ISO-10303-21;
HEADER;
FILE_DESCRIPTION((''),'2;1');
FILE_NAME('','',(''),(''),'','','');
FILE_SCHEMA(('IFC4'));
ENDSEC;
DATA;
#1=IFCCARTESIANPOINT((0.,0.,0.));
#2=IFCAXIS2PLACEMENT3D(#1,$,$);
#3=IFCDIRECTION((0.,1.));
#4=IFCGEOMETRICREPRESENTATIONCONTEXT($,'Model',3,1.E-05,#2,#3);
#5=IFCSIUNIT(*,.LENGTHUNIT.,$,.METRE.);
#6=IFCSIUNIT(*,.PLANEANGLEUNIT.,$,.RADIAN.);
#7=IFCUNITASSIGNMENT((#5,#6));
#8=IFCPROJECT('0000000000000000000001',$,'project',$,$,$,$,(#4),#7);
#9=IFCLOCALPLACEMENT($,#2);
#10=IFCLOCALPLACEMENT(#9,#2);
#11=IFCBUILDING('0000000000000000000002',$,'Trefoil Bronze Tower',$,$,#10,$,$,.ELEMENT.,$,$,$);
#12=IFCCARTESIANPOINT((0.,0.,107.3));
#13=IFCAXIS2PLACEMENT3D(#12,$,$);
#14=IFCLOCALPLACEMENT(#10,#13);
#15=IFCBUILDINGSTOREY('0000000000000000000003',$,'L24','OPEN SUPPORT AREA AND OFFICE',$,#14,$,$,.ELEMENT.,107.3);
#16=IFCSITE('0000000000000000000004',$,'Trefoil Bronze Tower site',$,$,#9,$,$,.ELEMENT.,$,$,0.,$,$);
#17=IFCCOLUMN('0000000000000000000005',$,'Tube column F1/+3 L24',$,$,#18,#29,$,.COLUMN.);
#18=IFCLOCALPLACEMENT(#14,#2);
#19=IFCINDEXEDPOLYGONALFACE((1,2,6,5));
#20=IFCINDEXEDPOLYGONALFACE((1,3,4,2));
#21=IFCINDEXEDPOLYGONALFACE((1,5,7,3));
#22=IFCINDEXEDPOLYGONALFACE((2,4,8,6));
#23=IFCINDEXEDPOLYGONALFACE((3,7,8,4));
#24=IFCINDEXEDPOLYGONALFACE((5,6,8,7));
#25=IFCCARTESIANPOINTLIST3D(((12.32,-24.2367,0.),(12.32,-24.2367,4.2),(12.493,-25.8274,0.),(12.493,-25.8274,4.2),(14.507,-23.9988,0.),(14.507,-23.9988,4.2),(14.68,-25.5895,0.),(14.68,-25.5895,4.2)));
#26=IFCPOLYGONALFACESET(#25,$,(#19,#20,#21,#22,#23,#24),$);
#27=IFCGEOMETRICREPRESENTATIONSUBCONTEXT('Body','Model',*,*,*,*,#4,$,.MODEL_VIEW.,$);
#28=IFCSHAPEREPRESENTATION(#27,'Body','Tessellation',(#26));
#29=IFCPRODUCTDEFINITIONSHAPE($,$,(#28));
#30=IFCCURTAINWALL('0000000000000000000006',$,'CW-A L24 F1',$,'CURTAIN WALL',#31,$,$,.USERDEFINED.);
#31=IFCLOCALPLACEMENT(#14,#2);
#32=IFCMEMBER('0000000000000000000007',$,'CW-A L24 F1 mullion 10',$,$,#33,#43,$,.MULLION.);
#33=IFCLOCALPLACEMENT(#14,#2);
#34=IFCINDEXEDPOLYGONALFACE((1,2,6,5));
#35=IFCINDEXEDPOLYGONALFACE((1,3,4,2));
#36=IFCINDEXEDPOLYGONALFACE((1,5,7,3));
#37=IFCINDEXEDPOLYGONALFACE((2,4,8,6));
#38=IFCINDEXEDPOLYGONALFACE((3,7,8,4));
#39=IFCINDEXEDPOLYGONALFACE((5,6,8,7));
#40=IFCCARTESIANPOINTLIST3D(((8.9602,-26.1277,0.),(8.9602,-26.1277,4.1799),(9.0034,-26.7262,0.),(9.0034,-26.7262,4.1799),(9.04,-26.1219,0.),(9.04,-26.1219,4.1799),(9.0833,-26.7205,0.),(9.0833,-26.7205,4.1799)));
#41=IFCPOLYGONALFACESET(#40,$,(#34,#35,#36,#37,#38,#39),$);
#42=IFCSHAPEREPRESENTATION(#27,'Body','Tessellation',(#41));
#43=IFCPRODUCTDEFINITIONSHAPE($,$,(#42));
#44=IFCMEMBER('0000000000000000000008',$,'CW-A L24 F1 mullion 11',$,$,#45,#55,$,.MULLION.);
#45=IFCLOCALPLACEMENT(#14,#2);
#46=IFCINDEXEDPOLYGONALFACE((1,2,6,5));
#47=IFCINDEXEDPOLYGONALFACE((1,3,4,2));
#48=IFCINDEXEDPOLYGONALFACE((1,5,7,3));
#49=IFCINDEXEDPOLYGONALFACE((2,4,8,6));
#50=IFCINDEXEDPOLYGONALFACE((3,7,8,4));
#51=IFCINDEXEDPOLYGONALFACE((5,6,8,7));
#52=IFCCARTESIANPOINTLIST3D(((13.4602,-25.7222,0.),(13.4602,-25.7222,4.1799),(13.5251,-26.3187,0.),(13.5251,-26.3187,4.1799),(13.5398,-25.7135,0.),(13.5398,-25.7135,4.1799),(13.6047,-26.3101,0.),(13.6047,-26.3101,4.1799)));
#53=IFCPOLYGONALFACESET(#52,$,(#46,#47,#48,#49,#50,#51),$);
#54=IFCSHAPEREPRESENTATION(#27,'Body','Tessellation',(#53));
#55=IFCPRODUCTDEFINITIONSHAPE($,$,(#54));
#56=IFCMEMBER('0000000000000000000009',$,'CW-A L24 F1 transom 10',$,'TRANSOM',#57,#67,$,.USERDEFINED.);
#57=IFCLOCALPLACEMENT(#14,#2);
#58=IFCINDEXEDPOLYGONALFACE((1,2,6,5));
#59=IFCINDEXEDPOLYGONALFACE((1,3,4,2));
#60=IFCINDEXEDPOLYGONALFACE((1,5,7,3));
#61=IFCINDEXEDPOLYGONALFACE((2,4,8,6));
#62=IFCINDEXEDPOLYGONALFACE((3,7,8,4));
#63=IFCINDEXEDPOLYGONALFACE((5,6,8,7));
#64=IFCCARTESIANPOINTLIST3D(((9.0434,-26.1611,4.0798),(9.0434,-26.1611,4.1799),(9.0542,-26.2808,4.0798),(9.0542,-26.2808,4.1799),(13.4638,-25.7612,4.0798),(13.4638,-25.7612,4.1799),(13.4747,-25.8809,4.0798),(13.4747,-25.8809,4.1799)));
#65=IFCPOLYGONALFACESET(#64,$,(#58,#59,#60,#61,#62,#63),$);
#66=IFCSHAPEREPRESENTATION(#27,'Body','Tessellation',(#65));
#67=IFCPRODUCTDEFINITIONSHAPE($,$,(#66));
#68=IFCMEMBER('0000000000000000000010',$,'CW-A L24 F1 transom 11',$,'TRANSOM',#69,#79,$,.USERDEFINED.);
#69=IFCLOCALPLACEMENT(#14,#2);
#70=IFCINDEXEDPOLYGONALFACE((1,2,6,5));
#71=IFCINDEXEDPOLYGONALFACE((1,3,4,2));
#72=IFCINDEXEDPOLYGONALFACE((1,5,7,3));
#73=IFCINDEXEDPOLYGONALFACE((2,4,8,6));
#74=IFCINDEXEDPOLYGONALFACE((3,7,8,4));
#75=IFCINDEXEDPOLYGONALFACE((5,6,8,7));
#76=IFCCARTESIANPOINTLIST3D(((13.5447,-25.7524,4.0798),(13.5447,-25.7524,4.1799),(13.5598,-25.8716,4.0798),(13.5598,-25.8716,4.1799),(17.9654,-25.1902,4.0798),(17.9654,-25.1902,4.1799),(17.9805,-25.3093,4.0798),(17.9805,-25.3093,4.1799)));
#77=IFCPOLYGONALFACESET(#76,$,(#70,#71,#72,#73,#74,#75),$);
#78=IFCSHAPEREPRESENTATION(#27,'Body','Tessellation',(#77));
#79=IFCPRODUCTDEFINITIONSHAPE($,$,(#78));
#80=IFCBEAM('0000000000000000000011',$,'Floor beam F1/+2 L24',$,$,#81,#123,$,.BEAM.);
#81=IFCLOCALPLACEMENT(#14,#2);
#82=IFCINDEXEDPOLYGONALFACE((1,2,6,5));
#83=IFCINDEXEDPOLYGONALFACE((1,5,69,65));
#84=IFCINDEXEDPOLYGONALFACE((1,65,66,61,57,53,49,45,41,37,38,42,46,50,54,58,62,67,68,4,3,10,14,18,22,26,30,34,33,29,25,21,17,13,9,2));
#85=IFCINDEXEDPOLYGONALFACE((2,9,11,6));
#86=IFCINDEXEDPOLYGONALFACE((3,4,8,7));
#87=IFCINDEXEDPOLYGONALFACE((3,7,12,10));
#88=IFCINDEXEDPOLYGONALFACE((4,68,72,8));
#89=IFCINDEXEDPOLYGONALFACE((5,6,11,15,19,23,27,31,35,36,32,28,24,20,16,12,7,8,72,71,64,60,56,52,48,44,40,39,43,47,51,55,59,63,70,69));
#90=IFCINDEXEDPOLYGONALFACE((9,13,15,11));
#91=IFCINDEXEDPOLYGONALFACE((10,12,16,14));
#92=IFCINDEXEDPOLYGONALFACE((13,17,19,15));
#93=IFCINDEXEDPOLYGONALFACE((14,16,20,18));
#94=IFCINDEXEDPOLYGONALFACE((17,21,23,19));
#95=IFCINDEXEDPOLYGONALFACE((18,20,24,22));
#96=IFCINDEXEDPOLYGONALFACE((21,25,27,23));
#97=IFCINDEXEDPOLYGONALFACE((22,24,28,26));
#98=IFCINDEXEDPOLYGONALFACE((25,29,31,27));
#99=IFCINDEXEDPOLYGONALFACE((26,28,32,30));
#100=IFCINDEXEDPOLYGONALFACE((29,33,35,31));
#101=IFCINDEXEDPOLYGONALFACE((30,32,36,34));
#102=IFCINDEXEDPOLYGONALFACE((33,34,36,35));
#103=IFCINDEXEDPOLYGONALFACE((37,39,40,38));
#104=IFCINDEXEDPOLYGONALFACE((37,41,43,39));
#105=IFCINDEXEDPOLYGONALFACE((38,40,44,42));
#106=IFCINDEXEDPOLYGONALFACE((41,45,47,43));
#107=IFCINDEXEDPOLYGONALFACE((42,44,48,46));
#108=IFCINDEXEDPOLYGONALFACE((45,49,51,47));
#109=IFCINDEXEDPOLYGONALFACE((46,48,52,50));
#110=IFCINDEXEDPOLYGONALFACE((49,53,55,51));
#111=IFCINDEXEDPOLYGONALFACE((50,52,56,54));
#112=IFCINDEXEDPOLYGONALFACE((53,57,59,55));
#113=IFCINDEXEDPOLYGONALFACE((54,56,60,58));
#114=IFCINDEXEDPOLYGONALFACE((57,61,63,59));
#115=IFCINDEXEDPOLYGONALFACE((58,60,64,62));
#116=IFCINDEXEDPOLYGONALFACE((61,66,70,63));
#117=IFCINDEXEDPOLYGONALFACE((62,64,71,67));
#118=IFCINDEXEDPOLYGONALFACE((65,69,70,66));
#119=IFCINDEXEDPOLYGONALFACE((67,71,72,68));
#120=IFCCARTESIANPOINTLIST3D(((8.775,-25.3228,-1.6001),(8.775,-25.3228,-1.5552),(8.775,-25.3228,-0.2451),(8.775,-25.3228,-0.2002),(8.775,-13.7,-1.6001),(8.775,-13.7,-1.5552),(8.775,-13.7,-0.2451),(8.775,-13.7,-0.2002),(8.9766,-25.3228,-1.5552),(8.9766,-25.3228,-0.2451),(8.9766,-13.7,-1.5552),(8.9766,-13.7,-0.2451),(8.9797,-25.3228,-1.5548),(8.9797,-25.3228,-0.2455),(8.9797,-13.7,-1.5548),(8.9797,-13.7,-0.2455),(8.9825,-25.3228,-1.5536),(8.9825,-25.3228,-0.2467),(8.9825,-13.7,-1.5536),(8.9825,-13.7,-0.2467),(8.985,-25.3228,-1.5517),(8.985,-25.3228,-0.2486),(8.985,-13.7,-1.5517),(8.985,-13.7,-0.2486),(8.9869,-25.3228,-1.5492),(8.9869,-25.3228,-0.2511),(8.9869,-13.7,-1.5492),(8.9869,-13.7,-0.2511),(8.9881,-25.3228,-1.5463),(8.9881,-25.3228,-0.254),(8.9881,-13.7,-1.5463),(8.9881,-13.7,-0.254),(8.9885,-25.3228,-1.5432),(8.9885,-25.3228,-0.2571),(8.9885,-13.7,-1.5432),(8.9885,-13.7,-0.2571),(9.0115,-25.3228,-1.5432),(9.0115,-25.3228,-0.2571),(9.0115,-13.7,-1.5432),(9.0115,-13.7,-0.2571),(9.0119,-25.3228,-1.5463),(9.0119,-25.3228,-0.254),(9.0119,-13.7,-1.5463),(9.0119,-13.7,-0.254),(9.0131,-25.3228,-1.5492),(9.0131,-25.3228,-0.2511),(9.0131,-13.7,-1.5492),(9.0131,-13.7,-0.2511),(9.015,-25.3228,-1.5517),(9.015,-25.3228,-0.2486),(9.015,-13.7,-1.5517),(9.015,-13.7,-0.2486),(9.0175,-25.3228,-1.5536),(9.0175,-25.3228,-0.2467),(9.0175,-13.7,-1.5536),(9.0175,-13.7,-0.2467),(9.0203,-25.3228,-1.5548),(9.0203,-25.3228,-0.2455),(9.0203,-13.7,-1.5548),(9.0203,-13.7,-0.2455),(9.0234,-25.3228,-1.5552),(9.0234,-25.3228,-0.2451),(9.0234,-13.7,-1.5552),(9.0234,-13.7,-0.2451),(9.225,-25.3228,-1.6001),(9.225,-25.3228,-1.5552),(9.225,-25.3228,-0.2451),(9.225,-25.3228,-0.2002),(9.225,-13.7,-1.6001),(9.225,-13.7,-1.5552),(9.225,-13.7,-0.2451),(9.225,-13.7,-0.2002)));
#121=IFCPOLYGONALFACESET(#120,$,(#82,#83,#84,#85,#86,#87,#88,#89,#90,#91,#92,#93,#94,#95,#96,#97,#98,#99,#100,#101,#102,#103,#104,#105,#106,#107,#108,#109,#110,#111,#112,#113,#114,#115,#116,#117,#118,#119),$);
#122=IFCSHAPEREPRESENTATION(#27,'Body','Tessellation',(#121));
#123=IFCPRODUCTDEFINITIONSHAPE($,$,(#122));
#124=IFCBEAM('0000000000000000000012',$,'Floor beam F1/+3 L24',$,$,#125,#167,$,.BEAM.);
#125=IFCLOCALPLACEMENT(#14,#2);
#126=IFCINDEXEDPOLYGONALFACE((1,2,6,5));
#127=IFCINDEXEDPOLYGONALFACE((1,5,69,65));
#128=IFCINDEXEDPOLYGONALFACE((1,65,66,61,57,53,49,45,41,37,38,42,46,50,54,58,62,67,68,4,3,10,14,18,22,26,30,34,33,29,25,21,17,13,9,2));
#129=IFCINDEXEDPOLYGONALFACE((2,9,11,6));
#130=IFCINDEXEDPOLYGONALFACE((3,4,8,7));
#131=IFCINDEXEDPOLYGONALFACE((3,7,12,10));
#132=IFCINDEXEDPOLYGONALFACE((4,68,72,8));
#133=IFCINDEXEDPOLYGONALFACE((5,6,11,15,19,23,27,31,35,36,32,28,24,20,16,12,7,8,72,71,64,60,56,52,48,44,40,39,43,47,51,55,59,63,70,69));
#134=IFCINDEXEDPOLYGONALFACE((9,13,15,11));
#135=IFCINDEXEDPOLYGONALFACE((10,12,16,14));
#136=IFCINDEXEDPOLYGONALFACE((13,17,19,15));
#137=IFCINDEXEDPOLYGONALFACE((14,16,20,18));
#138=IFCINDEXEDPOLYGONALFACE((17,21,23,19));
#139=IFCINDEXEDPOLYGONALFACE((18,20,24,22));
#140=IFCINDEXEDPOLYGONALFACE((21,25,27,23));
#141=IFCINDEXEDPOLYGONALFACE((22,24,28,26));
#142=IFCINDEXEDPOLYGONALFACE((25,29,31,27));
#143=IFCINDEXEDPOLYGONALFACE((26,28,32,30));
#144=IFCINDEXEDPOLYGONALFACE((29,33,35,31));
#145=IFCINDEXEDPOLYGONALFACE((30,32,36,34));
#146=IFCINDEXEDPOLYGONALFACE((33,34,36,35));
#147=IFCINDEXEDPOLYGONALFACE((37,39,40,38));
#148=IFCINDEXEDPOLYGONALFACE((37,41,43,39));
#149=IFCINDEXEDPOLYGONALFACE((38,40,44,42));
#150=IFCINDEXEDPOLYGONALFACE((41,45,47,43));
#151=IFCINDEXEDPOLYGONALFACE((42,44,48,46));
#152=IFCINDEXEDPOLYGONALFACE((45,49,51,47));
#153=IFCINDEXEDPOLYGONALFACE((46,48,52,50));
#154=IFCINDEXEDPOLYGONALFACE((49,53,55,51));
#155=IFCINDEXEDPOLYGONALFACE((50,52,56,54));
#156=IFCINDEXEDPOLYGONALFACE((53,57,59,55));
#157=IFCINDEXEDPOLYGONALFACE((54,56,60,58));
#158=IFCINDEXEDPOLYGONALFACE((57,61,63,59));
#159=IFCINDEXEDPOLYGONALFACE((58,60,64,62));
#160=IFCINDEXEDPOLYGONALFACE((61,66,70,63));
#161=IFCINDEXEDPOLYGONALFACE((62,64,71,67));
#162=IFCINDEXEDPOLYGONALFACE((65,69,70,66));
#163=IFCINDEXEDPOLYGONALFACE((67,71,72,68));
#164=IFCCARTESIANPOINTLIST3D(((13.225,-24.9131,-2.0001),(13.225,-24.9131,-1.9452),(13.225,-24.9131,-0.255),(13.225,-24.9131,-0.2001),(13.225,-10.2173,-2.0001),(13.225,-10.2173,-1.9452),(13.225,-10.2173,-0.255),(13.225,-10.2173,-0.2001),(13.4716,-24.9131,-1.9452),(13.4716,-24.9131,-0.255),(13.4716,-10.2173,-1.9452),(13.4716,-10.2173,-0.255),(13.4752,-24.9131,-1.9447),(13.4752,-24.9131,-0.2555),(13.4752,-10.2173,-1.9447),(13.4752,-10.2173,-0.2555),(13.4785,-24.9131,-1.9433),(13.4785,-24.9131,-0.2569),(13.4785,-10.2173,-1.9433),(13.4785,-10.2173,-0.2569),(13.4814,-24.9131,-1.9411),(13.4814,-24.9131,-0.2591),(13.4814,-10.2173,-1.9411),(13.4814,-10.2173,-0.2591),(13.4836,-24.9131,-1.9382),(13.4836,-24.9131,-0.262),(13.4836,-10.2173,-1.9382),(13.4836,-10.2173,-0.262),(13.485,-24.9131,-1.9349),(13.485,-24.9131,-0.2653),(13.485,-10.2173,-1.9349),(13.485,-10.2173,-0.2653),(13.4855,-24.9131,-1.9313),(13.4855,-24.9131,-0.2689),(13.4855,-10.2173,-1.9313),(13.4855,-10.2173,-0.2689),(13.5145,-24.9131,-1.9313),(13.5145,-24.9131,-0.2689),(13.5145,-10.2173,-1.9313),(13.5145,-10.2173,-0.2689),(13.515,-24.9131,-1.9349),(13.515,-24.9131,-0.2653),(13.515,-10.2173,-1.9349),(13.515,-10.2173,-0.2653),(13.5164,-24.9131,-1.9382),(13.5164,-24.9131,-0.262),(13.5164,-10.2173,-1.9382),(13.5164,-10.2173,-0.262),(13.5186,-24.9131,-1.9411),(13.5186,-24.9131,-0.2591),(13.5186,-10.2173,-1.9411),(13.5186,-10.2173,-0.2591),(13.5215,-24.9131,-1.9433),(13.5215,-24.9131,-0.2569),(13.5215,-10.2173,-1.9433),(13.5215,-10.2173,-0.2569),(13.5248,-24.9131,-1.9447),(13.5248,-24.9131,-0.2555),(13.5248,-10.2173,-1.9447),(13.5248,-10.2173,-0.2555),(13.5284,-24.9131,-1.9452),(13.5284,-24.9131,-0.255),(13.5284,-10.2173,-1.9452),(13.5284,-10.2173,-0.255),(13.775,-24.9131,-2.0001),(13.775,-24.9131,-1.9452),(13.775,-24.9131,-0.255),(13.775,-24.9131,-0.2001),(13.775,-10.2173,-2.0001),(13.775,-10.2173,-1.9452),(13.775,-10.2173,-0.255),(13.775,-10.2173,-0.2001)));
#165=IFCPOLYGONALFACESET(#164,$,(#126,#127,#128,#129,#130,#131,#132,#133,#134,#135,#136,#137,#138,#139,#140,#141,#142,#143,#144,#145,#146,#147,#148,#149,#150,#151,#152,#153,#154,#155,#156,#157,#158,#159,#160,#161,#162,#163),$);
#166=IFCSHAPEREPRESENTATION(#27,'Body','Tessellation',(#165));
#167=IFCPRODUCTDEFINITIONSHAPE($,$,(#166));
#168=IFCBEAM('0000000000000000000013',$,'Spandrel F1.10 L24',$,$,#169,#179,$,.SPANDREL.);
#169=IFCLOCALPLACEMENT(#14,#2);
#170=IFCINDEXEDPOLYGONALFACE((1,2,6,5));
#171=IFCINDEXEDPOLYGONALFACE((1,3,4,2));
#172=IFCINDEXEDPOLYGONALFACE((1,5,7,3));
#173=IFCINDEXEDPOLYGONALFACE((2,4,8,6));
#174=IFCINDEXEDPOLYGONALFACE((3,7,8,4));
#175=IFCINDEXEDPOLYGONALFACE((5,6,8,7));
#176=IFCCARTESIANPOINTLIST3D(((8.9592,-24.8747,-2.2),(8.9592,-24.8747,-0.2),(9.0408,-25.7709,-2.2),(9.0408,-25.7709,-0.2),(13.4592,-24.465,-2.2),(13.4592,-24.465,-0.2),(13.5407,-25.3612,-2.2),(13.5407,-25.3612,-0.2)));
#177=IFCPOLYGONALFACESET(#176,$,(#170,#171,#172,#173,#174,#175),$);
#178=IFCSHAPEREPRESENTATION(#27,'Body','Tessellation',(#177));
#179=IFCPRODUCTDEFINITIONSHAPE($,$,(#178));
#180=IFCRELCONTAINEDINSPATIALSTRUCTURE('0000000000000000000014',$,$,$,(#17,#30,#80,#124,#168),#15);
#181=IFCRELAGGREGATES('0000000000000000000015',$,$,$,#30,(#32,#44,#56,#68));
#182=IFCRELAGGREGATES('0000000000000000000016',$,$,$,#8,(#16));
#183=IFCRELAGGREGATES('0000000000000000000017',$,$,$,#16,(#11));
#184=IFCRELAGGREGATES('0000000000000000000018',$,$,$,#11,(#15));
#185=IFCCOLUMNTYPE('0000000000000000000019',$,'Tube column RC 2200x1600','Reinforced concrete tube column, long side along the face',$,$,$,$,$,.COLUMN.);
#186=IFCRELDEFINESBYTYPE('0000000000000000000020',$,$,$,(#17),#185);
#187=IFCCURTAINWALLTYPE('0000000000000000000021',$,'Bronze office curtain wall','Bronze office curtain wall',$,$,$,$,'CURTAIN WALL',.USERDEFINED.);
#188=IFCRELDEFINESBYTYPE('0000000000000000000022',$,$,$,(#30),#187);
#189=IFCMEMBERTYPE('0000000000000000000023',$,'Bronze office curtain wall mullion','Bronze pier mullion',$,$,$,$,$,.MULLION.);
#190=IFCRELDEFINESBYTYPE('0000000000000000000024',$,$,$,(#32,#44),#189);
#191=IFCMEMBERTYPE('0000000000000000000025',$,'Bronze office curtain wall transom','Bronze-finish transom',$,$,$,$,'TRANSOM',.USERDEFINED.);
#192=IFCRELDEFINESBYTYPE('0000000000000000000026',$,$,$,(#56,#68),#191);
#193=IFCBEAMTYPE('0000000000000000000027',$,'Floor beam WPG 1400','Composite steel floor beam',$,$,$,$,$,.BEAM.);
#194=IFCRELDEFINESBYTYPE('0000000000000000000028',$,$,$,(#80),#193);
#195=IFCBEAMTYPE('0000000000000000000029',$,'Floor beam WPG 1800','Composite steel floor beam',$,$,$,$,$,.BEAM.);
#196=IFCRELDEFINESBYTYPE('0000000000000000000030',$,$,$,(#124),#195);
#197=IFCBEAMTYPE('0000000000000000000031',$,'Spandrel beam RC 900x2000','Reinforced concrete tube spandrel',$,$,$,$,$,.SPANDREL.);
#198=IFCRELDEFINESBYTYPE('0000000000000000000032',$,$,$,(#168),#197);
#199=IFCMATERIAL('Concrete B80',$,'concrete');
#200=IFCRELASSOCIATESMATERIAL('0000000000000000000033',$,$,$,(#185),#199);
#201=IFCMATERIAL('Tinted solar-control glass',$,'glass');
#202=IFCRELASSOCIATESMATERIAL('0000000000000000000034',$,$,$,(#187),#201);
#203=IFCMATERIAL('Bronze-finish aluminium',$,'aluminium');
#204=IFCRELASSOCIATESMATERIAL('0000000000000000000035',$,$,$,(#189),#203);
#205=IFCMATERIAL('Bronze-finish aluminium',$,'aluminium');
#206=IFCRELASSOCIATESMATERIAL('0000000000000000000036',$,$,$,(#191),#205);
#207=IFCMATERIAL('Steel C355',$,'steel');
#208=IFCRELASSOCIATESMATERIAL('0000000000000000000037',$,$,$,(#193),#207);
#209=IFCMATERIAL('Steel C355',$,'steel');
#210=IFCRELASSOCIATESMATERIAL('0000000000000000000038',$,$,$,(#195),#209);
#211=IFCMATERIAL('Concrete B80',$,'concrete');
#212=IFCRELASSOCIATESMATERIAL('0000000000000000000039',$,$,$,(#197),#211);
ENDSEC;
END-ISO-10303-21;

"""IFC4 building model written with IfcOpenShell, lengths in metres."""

from ifc_helpers import new_model, si_unit, direction, frame, origin, origin_2d, place, context, subcontext, project, spatial, rectangle, i_section, extrude, material, material_profile, profile_set, type_object, element, aggregate, save


model = new_model("IFC4")

# Units and contexts
model_context = context("Model", 3, precision=1e-05, world=origin(), true_north=direction((0.0, 1.0)))
body_context = subcontext(model_context, "Body", "Model", "MODEL_VIEW")
ifc_project = project(units=[si_unit("LENGTHUNIT", "METRE"), si_unit("PLANEANGLEUNIT", "RADIAN")], contexts=[model_context])

# Site, building, storey
site_placement = place(None, origin())
site = spatial("IfcSite", under=ifc_project, at=site_placement, Name="Trefoil Bronze Tower site", CompositionType="ELEMENT", RefElevation=0.0)
building_placement = place(site_placement, origin())
building = spatial("IfcBuilding", under=site, at=building_placement, Name="Trefoil Bronze Tower", CompositionType="ELEMENT")
storey_placement = place(building_placement, frame((0.0, 0.0, 107.3)))
storey = spatial("IfcBuildingStorey", under=building, at=storey_placement, Name="L24", Description="OPEN SUPPORT AREA AND OFFICE", CompositionType="ELEMENT", Elevation=107.3)

# Column
ifc_material_1 = material(Name="Concrete B80", Category="concrete")
ifc_material_profile_1 = material_profile(ifc_material_1, rectangle(XDim=2.2, YDim=1.6001, at=origin_2d()), Name="RC 2200x1600")
ifc_profile_set_1 = profile_set([ifc_material_profile_1], Name="Concrete B80")
column_type = type_object("IfcColumnType", Name="Tube column RC 2200x1600", Description="Reinforced concrete tube column, long side along the face", PredefinedType="COLUMN", material=ifc_profile_set_1)
column_placement = place(storey_placement, frame((13.5, -24.9131, 0.0), z_axis=(0.0, 0.0, 1.0), x_axis=(0.994135, 0.108144, 0.0)))
element("IfcColumn", 1, at=column_placement, inside=storey, type_object=column_type, Name="Tube column F1/+3 L24", PredefinedType="COLUMN", context=body_context, shape_type="SweptSolid", body=[
    extrude(rectangle(XDim=2.2, YDim=1.6001, at=origin_2d()), origin(), (0.0, 0.0, 1.0), 4.2),
])

# Curtain wall, members
ifc_material_2 = material(Name="Tinted solar-control glass", Category="glass")
curtain_wall_type = type_object("IfcCurtainWallType", Name="Bronze office curtain wall", Description="Bronze office curtain wall", ElementType="CURTAIN WALL", PredefinedType="USERDEFINED", material=ifc_material_2)
curtain_wall_placement = place(storey_placement, origin())
curtain_wall = element("IfcCurtainWall", 2, at=curtain_wall_placement, inside=storey, type_object=curtain_wall_type, Name="CW-A L24 F1", ObjectType="CURTAIN WALL", PredefinedType="USERDEFINED")
ifc_material_3 = material(Name="Bronze-finish aluminium", Category="aluminium")
ifc_material_profile_2 = material_profile(ifc_material_3, rectangle(XDim=0.6001, YDim=0.0801, at=origin_2d()), Name="CW-A mullion")
ifc_profile_set_2 = profile_set([ifc_material_profile_2], Name="Bronze-finish aluminium")
member_type_1 = type_object("IfcMemberType", Name="Bronze office curtain wall mullion", Description="Bronze pier mullion", PredefinedType="MULLION", material=ifc_profile_set_2)
member_1_placement = place(storey_placement, frame((9.0217, -26.4241, 0.0), z_axis=(0.0, 0.0, 1.0), x_axis=(-0.072096, 0.997398, 0.0)))
member_1 = element("IfcMember", 3, at=member_1_placement, type_object=member_type_1, Name="CW-A L24 F1 mullion 10", PredefinedType="MULLION", context=body_context, shape_type="SweptSolid", body=[
    extrude(rectangle(XDim=0.6001, YDim=0.0801, at=origin_2d()), origin(), (0.0, 0.0, 1.0), 4.1799),
])
member_2_placement = place(storey_placement, frame((13.5325, -26.0161, 0.0), z_axis=(0.0, 0.0, 1.0), x_axis=(-0.108144, 0.994135, 0.0)))
member_2 = element("IfcMember", 4, at=member_2_placement, type_object=member_type_1, Name="CW-A L24 F1 mullion 11", PredefinedType="MULLION", context=body_context, shape_type="SweptSolid", body=[
    extrude(rectangle(XDim=0.6001, YDim=0.0801, at=origin_2d()), origin(), (0.0, 0.0, 1.0), 4.1799),
])
ifc_material_4 = material(Name="Bronze-finish aluminium", Category="aluminium")
ifc_material_profile_3 = material_profile(ifc_material_4, rectangle(XDim=0.1201, YDim=0.1001, at=origin_2d()), Name="CW-A transom")
ifc_profile_set_3 = profile_set([ifc_material_profile_3], Name="Bronze-finish aluminium")
member_type_2 = type_object("IfcMemberType", Name="Bronze office curtain wall transom", Description="Bronze-finish transom", ElementType="TRANSOM", PredefinedType="USERDEFINED", material=ifc_profile_set_3)
member_3_placement = place(storey_placement, frame((9.0488, -26.2209, 4.1299), z_axis=(0.995933, 0.090099, 0.0), x_axis=(-0.090099, 0.995933, 0.0)))
member_3 = element("IfcMember", 5, at=member_3_placement, type_object=member_type_2, Name="CW-A L24 F1 transom 10", ObjectType="TRANSOM", PredefinedType="USERDEFINED", context=body_context, shape_type="SweptSolid", body=[
    extrude(rectangle(XDim=0.1201, YDim=0.1001, at=origin_2d()), origin(), (0.0, 0.0, 1.0), 4.4385),
])
member_4_placement = place(storey_placement, frame((13.5522, -25.812, 4.1299), z_axis=(0.992008, 0.126172, 0.0), x_axis=(-0.126172, 0.992008, 0.0)))
member_4 = element("IfcMember", 6, at=member_4_placement, type_object=member_type_2, Name="CW-A L24 F1 transom 11", ObjectType="TRANSOM", PredefinedType="USERDEFINED", context=body_context, shape_type="SweptSolid", body=[
    extrude(rectangle(XDim=0.1201, YDim=0.1001, at=origin_2d()), origin(), (0.0, 0.0, 1.0), 4.4563),
])

# Beams
ifc_material_5 = material(Name="Steel C355", Category="steel")
ifc_material_profile_4 = material_profile(ifc_material_5, i_section(OverallWidth=0.45, OverallDepth=1.3999, WebThickness=0.0229, FlangeThickness=0.0449, FilletRadius=0.012, at=origin_2d()), Name="WPG 1400")
ifc_profile_set_4 = profile_set([ifc_material_profile_4], Name="Steel C355")
beam_type_1 = type_object("IfcBeamType", Name="Floor beam WPG 1400", Description="Composite steel floor beam", PredefinedType="BEAM", material=ifc_profile_set_4)
beam_1_placement = place(storey_placement, frame((9.0, -25.3228, -0.9001), z_axis=(0.0, 1.0, 0.0), x_axis=(-1.0, 0.0, 0.0)))
element("IfcBeam", 7, at=beam_1_placement, inside=storey, type_object=beam_type_1, Name="Floor beam F1/+2 L24", PredefinedType="BEAM", context=body_context, shape_type="SweptSolid", body=[
    extrude(i_section(OverallWidth=0.45, OverallDepth=1.3999, WebThickness=0.0229, FlangeThickness=0.0449, FilletRadius=0.012, at=origin_2d()), origin(), (0.0, 0.0, 1.0), 11.6228),
])
ifc_material_6 = material(Name="Steel C355", Category="steel")
ifc_material_profile_5 = material_profile(ifc_material_6, i_section(OverallWidth=0.55, OverallDepth=1.8, WebThickness=0.0291, FlangeThickness=0.0549, FilletRadius=0.0139, at=origin_2d()), Name="WPG 1800")
ifc_profile_set_5 = profile_set([ifc_material_profile_5], Name="Steel C355")
beam_type_2 = type_object("IfcBeamType", Name="Floor beam WPG 1800", Description="Composite steel floor beam", PredefinedType="BEAM", material=ifc_profile_set_5)
beam_2_placement = place(storey_placement, frame((13.5, -24.9131, -1.1001), z_axis=(0.0, 1.0, 0.0), x_axis=(-1.0, 0.0, 0.0)))
element("IfcBeam", 8, at=beam_2_placement, inside=storey, type_object=beam_type_2, Name="Floor beam F1/+3 L24", PredefinedType="BEAM", context=body_context, shape_type="SweptSolid", body=[
    extrude(i_section(OverallWidth=0.55, OverallDepth=1.8, WebThickness=0.0291, FlangeThickness=0.0549, FilletRadius=0.0139, at=origin_2d()), origin(), (0.0, 0.0, 1.0), 14.6958),
])
ifc_material_7 = material(Name="Concrete B80", Category="concrete")
ifc_material_profile_6 = material_profile(ifc_material_7, rectangle(XDim=0.8999, YDim=2.0, at=origin_2d()), Name="RC 900x2000")
ifc_profile_set_6 = profile_set([ifc_material_profile_6], Name="Concrete B80")
beam_type_3 = type_object("IfcBeamType", Name="Spandrel beam RC 900x2000", Description="Reinforced concrete tube spandrel", PredefinedType="SPANDREL", material=ifc_profile_set_6)
beam_3_placement = place(storey_placement, frame((9.0, -25.3228, -1.2), z_axis=(0.995882, 0.090662, 0.0), x_axis=(-0.090662, 0.995882, 0.0)))
element("IfcBeam", 9, at=beam_3_placement, inside=storey, type_object=beam_type_3, Name="Spandrel F1.10 L24", PredefinedType="SPANDREL", context=body_context, shape_type="SweptSolid", body=[
    extrude(rectangle(XDim=0.8999, YDim=2.0, at=origin_2d()), origin(), (0.0, 0.0, 1.0), 4.5186),
])

aggregate(curtain_wall, [member_1, member_2, member_3, member_4])

save(model, "model.ifc")
